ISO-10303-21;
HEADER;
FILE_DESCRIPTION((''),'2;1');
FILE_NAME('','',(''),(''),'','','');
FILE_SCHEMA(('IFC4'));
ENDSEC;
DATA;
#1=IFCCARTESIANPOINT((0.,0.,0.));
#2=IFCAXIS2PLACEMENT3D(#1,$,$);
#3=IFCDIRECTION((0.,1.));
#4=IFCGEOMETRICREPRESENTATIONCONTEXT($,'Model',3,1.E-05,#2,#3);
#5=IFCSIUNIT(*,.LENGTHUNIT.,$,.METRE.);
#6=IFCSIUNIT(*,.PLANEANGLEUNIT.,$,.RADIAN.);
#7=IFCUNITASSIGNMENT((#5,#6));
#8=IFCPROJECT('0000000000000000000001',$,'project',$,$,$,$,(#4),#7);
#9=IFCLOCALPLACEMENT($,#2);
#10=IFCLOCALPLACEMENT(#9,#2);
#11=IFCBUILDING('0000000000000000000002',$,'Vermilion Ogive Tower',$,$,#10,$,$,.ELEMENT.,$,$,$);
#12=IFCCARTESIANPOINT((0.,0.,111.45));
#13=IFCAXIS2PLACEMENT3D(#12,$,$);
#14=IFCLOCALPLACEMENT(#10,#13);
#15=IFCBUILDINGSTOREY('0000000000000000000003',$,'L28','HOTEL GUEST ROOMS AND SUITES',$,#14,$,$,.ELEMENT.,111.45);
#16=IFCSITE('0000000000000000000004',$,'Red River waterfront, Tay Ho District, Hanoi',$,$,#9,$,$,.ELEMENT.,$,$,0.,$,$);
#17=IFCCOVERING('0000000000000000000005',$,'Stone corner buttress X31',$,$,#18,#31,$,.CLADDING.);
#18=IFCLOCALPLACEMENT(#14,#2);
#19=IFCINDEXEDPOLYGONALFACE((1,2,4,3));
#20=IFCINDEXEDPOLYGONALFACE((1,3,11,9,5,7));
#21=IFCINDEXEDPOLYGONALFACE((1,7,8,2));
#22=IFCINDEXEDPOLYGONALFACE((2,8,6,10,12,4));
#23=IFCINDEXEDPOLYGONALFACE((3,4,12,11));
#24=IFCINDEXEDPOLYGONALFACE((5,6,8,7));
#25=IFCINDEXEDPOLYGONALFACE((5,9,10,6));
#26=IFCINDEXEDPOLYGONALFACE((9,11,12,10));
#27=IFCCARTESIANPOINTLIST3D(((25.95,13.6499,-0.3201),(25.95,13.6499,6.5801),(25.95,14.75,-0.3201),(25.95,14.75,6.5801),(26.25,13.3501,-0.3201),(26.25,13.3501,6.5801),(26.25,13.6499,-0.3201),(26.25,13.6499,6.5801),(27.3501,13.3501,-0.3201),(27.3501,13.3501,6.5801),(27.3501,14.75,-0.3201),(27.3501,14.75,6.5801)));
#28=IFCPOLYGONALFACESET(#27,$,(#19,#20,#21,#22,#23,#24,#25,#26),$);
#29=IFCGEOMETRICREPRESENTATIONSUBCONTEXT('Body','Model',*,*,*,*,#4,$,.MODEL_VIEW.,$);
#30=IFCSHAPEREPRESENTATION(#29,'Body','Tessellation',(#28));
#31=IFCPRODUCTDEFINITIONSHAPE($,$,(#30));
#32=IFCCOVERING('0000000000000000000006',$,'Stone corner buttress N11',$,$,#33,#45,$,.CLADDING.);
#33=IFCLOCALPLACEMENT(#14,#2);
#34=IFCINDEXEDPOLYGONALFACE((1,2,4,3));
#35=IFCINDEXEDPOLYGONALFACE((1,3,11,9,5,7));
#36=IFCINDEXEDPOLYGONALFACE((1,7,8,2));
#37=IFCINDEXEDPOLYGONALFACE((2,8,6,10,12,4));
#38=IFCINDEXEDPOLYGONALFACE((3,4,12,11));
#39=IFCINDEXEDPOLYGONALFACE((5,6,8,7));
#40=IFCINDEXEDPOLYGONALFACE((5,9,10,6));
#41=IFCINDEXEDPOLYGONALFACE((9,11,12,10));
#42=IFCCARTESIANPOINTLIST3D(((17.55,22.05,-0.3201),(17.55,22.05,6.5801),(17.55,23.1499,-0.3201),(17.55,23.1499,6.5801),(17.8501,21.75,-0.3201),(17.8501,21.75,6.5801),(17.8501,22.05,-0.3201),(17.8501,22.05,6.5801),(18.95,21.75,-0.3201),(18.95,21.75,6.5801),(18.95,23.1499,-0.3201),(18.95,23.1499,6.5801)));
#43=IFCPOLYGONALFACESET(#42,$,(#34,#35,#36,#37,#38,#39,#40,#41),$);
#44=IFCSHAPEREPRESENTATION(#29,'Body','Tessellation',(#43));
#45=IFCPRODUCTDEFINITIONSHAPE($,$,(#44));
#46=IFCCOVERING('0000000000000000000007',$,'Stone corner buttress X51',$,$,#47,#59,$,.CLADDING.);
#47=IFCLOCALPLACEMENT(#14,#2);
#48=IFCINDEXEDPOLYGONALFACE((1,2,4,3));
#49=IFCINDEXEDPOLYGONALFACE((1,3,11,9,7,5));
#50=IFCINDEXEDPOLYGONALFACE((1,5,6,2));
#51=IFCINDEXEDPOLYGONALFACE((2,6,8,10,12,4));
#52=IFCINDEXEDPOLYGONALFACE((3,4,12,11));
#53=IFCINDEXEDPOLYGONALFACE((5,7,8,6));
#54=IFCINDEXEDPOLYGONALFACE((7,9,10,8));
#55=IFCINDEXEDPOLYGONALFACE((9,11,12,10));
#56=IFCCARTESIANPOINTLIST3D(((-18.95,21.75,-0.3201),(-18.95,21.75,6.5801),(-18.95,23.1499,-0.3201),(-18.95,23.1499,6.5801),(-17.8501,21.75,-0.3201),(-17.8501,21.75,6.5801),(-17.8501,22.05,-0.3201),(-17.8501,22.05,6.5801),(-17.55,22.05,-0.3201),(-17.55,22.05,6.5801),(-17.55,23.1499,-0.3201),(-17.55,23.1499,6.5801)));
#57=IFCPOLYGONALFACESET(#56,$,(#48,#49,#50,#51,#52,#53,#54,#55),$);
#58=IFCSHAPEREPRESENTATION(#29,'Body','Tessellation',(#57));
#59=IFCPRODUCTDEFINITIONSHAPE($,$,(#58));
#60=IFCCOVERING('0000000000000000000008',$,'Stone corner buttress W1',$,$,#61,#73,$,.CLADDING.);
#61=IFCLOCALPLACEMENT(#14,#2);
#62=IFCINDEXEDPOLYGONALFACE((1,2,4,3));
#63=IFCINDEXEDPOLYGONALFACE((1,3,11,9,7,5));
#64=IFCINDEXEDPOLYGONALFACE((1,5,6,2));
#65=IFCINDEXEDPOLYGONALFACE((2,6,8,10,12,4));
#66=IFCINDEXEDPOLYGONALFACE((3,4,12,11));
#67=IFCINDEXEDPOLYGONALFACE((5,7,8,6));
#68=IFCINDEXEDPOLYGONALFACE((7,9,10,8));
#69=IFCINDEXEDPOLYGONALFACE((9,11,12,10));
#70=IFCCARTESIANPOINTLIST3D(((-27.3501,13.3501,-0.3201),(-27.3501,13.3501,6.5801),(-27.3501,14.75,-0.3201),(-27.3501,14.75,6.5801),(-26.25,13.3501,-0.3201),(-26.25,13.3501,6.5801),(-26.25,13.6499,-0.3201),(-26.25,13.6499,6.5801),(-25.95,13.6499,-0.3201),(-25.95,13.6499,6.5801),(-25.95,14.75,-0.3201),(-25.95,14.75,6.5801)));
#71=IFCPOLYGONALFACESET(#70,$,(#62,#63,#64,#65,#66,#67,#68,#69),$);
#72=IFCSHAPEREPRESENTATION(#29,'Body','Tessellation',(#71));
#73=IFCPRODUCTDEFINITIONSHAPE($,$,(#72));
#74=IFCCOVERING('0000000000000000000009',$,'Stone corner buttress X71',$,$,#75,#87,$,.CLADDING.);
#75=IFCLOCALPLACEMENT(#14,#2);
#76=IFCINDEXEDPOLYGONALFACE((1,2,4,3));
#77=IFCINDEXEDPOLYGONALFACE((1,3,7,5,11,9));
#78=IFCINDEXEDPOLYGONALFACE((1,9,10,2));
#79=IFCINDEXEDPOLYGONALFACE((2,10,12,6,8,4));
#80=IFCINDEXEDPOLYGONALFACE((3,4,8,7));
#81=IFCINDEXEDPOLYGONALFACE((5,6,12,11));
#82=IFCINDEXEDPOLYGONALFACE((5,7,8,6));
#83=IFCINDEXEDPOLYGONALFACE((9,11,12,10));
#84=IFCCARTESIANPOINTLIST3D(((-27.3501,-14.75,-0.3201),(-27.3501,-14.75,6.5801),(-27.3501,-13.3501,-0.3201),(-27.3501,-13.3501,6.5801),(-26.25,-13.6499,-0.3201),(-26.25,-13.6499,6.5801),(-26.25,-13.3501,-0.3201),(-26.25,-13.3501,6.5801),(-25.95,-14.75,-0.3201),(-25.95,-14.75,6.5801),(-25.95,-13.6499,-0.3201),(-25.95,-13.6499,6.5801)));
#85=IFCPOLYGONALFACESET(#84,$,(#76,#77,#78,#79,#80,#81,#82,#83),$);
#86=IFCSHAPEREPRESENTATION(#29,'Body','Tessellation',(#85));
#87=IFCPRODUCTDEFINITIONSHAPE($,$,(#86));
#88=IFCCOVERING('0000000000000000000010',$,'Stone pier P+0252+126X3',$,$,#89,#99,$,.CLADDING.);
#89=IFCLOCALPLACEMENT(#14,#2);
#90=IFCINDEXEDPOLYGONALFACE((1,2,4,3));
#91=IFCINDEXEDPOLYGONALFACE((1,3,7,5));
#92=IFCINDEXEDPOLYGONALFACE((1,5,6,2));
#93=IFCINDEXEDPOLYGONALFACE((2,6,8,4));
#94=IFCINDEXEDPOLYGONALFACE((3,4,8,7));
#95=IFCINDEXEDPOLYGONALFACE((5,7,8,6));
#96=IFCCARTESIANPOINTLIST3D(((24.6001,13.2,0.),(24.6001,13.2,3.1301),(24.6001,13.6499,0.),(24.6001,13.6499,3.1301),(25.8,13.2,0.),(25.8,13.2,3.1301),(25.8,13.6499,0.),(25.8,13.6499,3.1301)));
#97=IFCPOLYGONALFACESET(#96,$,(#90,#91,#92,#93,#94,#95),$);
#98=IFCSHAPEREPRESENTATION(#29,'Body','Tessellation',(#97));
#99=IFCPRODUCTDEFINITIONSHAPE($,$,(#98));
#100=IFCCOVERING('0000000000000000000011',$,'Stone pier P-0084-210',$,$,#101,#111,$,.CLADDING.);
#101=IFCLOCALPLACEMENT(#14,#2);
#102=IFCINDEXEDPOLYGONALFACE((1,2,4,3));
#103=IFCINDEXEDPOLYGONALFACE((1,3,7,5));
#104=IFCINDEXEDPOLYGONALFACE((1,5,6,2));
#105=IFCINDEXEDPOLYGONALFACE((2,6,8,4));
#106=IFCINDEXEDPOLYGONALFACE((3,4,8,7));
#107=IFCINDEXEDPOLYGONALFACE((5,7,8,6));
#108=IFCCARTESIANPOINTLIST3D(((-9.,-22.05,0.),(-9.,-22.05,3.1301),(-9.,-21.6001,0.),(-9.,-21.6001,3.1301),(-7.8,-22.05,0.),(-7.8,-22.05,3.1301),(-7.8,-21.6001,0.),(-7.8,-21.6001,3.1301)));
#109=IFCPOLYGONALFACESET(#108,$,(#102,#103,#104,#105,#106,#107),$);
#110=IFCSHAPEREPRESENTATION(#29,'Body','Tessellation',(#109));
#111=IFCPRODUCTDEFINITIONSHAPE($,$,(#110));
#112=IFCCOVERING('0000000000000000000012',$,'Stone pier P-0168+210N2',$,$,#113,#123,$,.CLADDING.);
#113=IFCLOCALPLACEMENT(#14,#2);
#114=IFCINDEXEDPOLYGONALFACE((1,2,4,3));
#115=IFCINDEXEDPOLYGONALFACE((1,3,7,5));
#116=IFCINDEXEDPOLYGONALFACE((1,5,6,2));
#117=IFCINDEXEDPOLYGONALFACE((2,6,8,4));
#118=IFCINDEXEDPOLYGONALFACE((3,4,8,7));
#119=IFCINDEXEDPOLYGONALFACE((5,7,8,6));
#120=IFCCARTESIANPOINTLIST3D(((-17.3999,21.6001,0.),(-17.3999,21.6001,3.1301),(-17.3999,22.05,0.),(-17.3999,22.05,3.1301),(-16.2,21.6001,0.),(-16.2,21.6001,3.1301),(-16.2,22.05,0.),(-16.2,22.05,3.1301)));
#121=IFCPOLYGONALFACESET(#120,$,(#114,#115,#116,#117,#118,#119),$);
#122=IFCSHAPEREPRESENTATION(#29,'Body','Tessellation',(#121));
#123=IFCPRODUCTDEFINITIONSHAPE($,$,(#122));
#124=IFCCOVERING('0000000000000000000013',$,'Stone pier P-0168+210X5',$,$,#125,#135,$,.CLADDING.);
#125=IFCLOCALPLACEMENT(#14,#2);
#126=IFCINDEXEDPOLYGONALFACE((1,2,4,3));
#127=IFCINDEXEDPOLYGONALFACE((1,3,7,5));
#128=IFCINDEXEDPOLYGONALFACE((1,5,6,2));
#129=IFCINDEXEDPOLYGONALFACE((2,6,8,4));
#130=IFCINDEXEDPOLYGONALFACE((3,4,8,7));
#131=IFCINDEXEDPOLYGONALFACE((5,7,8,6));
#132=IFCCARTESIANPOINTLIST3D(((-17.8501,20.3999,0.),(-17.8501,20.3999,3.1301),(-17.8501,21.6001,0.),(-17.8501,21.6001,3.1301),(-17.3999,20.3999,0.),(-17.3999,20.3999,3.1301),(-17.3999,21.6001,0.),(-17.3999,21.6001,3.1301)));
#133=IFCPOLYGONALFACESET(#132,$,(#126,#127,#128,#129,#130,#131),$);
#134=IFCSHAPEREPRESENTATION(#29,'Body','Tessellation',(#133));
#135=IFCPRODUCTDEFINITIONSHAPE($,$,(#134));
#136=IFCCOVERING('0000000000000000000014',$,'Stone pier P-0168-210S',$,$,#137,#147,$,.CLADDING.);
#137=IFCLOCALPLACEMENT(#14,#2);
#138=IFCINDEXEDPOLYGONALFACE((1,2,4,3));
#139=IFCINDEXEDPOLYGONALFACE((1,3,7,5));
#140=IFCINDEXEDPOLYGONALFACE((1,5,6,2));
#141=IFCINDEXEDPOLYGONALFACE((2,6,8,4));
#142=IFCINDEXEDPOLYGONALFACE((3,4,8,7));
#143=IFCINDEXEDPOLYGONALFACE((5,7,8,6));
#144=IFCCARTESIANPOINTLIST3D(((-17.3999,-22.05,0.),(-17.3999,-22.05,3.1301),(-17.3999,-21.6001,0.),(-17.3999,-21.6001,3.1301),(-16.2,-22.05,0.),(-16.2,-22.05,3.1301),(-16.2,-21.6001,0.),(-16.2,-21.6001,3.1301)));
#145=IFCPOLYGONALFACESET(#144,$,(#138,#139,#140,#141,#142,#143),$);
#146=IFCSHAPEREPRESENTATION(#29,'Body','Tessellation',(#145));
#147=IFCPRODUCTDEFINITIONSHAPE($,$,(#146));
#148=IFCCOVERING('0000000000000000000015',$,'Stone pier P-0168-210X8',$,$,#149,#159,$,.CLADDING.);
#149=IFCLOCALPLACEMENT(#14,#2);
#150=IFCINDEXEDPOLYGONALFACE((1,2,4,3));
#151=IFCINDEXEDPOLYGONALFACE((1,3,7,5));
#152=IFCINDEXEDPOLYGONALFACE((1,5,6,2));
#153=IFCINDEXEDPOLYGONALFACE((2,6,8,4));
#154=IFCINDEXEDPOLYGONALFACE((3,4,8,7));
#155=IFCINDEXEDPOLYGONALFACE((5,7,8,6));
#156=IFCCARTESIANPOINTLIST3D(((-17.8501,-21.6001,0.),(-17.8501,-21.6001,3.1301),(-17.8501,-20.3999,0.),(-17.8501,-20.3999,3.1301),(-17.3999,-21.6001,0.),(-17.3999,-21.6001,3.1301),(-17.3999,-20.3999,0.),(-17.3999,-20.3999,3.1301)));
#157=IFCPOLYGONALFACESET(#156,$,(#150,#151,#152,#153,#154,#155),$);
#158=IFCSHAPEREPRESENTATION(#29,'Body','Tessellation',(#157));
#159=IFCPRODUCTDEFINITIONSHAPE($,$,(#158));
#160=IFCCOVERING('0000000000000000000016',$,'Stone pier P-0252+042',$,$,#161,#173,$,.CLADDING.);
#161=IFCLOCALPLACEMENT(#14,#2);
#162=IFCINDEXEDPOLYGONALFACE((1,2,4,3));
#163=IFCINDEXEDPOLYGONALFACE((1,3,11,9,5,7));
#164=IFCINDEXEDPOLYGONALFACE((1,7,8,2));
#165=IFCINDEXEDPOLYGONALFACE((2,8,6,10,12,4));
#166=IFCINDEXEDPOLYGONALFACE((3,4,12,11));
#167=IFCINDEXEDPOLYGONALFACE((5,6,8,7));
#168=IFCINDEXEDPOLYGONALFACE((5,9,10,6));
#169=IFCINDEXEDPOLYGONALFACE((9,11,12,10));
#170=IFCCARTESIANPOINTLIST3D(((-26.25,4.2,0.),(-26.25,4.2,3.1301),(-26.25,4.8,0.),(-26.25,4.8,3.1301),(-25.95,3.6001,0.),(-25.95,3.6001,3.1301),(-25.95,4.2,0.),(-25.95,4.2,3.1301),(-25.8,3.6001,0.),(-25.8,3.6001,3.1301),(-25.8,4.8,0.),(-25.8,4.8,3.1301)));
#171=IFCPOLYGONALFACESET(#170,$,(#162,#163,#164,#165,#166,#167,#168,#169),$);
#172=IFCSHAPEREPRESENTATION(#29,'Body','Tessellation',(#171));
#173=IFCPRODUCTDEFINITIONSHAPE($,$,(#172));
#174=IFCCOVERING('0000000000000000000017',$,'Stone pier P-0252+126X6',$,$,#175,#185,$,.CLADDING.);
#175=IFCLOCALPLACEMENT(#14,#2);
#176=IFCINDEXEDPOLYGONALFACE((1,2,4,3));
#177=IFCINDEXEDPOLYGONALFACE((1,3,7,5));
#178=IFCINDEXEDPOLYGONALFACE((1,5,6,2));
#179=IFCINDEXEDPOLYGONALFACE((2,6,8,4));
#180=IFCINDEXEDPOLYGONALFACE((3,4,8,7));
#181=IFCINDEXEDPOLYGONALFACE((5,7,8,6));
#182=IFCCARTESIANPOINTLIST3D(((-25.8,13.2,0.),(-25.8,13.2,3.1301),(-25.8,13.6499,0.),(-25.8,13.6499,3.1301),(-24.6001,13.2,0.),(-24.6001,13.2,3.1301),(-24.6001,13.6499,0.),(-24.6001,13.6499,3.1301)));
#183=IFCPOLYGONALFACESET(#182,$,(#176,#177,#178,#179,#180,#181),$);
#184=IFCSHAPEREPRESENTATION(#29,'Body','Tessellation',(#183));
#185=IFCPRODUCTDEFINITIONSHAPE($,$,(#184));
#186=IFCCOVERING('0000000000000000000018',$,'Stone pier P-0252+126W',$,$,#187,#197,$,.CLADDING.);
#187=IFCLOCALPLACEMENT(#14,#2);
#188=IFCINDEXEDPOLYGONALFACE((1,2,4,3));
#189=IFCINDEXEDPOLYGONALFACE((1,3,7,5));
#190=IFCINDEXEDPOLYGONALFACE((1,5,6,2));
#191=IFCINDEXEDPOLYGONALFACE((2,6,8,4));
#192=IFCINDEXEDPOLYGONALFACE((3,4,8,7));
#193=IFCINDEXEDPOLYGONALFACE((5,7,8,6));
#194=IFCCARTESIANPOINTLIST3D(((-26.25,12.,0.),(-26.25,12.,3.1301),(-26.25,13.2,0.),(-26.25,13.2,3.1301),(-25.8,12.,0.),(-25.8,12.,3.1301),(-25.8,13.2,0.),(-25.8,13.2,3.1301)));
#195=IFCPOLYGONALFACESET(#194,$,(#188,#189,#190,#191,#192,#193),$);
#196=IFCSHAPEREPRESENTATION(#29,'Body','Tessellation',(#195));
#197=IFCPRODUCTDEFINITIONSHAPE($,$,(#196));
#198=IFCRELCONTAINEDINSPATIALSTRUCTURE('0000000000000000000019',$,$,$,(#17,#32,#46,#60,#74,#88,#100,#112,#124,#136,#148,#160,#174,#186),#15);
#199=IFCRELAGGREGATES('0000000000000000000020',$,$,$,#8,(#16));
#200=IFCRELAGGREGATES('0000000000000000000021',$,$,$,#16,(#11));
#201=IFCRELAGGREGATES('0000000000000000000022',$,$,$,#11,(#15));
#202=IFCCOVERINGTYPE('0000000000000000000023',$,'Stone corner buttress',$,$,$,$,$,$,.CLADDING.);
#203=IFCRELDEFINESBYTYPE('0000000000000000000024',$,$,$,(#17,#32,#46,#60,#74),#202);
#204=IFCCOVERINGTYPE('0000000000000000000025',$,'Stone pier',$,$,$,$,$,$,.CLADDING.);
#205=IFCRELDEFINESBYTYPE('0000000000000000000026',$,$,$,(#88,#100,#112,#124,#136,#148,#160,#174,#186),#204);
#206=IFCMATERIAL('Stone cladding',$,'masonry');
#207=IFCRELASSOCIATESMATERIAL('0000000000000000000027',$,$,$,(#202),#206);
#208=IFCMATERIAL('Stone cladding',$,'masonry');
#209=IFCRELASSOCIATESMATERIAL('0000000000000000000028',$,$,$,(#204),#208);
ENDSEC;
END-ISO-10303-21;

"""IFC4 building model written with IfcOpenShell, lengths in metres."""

from ifc_helpers import new_model, si_unit, direction, frame, origin, place, context, subcontext, project, spatial, polyline, outline, extrude, material, type_object, element, save


model = new_model("IFC4")

# Units and contexts
model_context = context("Model", 3, precision=1e-05, world=origin(), true_north=direction((0.0, 1.0)))
body_context = subcontext(model_context, "Body", "Model", "MODEL_VIEW")
ifc_project = project(units=[si_unit("LENGTHUNIT", "METRE"), si_unit("PLANEANGLEUNIT", "RADIAN")], contexts=[model_context])

# Site, building, storey
site_placement = place(None, origin())
site = spatial("IfcSite", under=ifc_project, at=site_placement, Name="Red River waterfront, Tay Ho District, Hanoi", CompositionType="ELEMENT", RefElevation=0.0)
building_placement = place(site_placement, origin())
building = spatial("IfcBuilding", under=site, at=building_placement, Name="Vermilion Ogive Tower", CompositionType="ELEMENT")
storey_placement = place(building_placement, frame((0.0, 0.0, 111.45)))
storey = spatial("IfcBuildingStorey", under=building, at=storey_placement, Name="L28", Description="HOTEL GUEST ROOMS AND SUITES", CompositionType="ELEMENT", Elevation=111.45)

# Coverings
ifc_material_1 = material(Name="Stone cladding", Category="masonry")
covering_type_1 = type_object("IfcCoveringType", Name="Stone corner buttress", PredefinedType="CLADDING", material=ifc_material_1)
covering_1_placement = place(storey_placement, frame((0.0, 0.0, -0.3201)))
element("IfcCovering", 1, at=covering_1_placement, inside=storey, type_object=covering_type_1, Name="Stone corner buttress X31", PredefinedType="CLADDING", context=body_context, shape_type="SweptSolid", body=[
    extrude(outline(polyline([(27.3501, 13.3501), (26.25, 13.3501), (26.25, 13.6499), (25.95, 13.6499), (25.95, 14.75), (27.3501, 14.75), (27.3501, 13.3501)])), origin(), (0.0, 0.0, 1.0), 6.9001),
])
covering_2_placement = place(storey_placement, frame((0.0, 0.0, -0.3201)))
element("IfcCovering", 2, at=covering_2_placement, inside=storey, type_object=covering_type_1, Name="Stone corner buttress N11", PredefinedType="CLADDING", context=body_context, shape_type="SweptSolid", body=[
    extrude(outline(polyline([(17.8501, 22.05), (17.55, 22.05), (17.55, 23.1499), (18.95, 23.1499), (18.95, 21.75), (17.8501, 21.75), (17.8501, 22.05)])), origin(), (0.0, 0.0, 1.0), 6.9001),
])
covering_3_placement = place(storey_placement, frame((0.0, 0.0, -0.3201)))
element("IfcCovering", 3, at=covering_3_placement, inside=storey, type_object=covering_type_1, Name="Stone corner buttress X51", PredefinedType="CLADDING", context=body_context, shape_type="SweptSolid", body=[
    extrude(outline(polyline([(-17.55, 23.1499), (-17.55, 22.05), (-17.8501, 22.05), (-17.8501, 21.75), (-18.95, 21.75), (-18.95, 23.1499), (-17.55, 23.1499)])), origin(), (0.0, 0.0, 1.0), 6.9001),
])
covering_4_placement = place(storey_placement, frame((0.0, 0.0, -0.3201)))
element("IfcCovering", 4, at=covering_4_placement, inside=storey, type_object=covering_type_1, Name="Stone corner buttress W1", PredefinedType="CLADDING", context=body_context, shape_type="SweptSolid", body=[
    extrude(outline(polyline([(-26.25, 13.6499), (-26.25, 13.3501), (-27.3501, 13.3501), (-27.3501, 14.75), (-25.95, 14.75), (-25.95, 13.6499), (-26.25, 13.6499)])), origin(), (0.0, 0.0, 1.0), 6.9001),
])
covering_5_placement = place(storey_placement, frame((0.0, 0.0, -0.3201)))
element("IfcCovering", 5, at=covering_5_placement, inside=storey, type_object=covering_type_1, Name="Stone corner buttress X71", PredefinedType="CLADDING", context=body_context, shape_type="SweptSolid", body=[
    extrude(outline(polyline([(-26.25, -13.3501), (-26.25, -13.6499), (-25.95, -13.6499), (-25.95, -14.75), (-27.3501, -14.75), (-27.3501, -13.3501), (-26.25, -13.3501)])), origin(), (0.0, 0.0, 1.0), 6.9001),
])
ifc_material_2 = material(Name="Stone cladding", Category="masonry")
covering_type_2 = type_object("IfcCoveringType", Name="Stone pier", PredefinedType="CLADDING", material=ifc_material_2)
covering_6_placement = place(storey_placement, origin())
element("IfcCovering", 6, at=covering_6_placement, inside=storey, type_object=covering_type_2, Name="Stone pier P+0252+126X3", PredefinedType="CLADDING", context=body_context, shape_type="SweptSolid", body=[
    extrude(outline(polyline([(25.8, 13.6499), (25.8, 13.2), (25.8, 13.2), (24.6001, 13.2), (24.6001, 13.6499), (25.8, 13.6499)])), origin(), (0.0, 0.0, 1.0), 3.1301),
])
covering_7_placement = place(storey_placement, origin())
element("IfcCovering", 7, at=covering_7_placement, inside=storey, type_object=covering_type_2, Name="Stone pier P-0084-210", PredefinedType="CLADDING", context=body_context, shape_type="SweptSolid", body=[
    extrude(outline(polyline([(-7.8, -22.05), (-9.0, -22.05), (-9.0, -21.6001), (-7.8, -21.6001), (-7.8, -22.05)])), origin(), (0.0, 0.0, 1.0), 3.1301),
])
covering_8_placement = place(storey_placement, origin())
element("IfcCovering", 8, at=covering_8_placement, inside=storey, type_object=covering_type_2, Name="Stone pier P-0168+210N2", PredefinedType="CLADDING", context=body_context, shape_type="SweptSolid", body=[
    extrude(outline(polyline([(-17.3999, 22.05), (-16.2, 22.05), (-16.2, 21.6001), (-17.3999, 21.6001), (-17.3999, 22.05)])), origin(), (0.0, 0.0, 1.0), 3.1301),
])
covering_9_placement = place(storey_placement, origin())
element("IfcCovering", 9, at=covering_9_placement, inside=storey, type_object=covering_type_2, Name="Stone pier P-0168+210X5", PredefinedType="CLADDING", context=body_context, shape_type="SweptSolid", body=[
    extrude(outline(polyline([(-17.8501, 21.6001), (-17.3999, 21.6001), (-17.3999, 20.3999), (-17.8501, 20.3999), (-17.8501, 21.6001)])), origin(), (0.0, 0.0, 1.0), 3.1301),
])
covering_10_placement = place(storey_placement, origin())
element("IfcCovering", 10, at=covering_10_placement, inside=storey, type_object=covering_type_2, Name="Stone pier P-0168-210S", PredefinedType="CLADDING", context=body_context, shape_type="SweptSolid", body=[
    extrude(outline(polyline([(-16.2, -22.05), (-17.3999, -22.05), (-17.3999, -21.6001), (-16.2, -21.6001), (-16.2, -22.05)])), origin(), (0.0, 0.0, 1.0), 3.1301),
])
covering_11_placement = place(storey_placement, origin())
element("IfcCovering", 11, at=covering_11_placement, inside=storey, type_object=covering_type_2, Name="Stone pier P-0168-210X8", PredefinedType="CLADDING", context=body_context, shape_type="SweptSolid", body=[
    extrude(outline(polyline([(-17.8501, -20.3999), (-17.3999, -20.3999), (-17.3999, -21.6001), (-17.8501, -21.6001), (-17.8501, -20.3999)])), origin(), (0.0, 0.0, 1.0), 3.1301),
])
covering_12_placement = place(storey_placement, origin())
element("IfcCovering", 12, at=covering_12_placement, inside=storey, type_object=covering_type_2, Name="Stone pier P-0252+042", PredefinedType="CLADDING", context=body_context, shape_type="SweptSolid", body=[
    extrude(outline(polyline([(-25.8, 3.6001), (-25.95, 3.6001), (-25.95, 4.2), (-26.25, 4.2), (-26.25, 4.8), (-25.8, 4.8), (-25.8, 4.8), (-25.8, 3.6001)])), origin(), (0.0, 0.0, 1.0), 3.1301),
])
covering_13_placement = place(storey_placement, origin())
element("IfcCovering", 13, at=covering_13_placement, inside=storey, type_object=covering_type_2, Name="Stone pier P-0252+126X6", PredefinedType="CLADDING", context=body_context, shape_type="SweptSolid", body=[
    extrude(outline(polyline([(-25.8, 13.2), (-25.8, 13.6499), (-24.6001, 13.6499), (-24.6001, 13.2), (-24.6001, 13.2), (-25.8, 13.2)])), origin(), (0.0, 0.0, 1.0), 3.1301),
])
covering_14_placement = place(storey_placement, origin())
element("IfcCovering", 14, at=covering_14_placement, inside=storey, type_object=covering_type_2, Name="Stone pier P-0252+126W", PredefinedType="CLADDING", context=body_context, shape_type="SweptSolid", body=[
    extrude(outline(polyline([(-26.25, 13.2), (-25.8, 13.2), (-25.8, 12.0), (-26.25, 12.0), (-26.25, 13.2)])), origin(), (0.0, 0.0, 1.0), 3.1301),
])

save(model, "model.ifc")
